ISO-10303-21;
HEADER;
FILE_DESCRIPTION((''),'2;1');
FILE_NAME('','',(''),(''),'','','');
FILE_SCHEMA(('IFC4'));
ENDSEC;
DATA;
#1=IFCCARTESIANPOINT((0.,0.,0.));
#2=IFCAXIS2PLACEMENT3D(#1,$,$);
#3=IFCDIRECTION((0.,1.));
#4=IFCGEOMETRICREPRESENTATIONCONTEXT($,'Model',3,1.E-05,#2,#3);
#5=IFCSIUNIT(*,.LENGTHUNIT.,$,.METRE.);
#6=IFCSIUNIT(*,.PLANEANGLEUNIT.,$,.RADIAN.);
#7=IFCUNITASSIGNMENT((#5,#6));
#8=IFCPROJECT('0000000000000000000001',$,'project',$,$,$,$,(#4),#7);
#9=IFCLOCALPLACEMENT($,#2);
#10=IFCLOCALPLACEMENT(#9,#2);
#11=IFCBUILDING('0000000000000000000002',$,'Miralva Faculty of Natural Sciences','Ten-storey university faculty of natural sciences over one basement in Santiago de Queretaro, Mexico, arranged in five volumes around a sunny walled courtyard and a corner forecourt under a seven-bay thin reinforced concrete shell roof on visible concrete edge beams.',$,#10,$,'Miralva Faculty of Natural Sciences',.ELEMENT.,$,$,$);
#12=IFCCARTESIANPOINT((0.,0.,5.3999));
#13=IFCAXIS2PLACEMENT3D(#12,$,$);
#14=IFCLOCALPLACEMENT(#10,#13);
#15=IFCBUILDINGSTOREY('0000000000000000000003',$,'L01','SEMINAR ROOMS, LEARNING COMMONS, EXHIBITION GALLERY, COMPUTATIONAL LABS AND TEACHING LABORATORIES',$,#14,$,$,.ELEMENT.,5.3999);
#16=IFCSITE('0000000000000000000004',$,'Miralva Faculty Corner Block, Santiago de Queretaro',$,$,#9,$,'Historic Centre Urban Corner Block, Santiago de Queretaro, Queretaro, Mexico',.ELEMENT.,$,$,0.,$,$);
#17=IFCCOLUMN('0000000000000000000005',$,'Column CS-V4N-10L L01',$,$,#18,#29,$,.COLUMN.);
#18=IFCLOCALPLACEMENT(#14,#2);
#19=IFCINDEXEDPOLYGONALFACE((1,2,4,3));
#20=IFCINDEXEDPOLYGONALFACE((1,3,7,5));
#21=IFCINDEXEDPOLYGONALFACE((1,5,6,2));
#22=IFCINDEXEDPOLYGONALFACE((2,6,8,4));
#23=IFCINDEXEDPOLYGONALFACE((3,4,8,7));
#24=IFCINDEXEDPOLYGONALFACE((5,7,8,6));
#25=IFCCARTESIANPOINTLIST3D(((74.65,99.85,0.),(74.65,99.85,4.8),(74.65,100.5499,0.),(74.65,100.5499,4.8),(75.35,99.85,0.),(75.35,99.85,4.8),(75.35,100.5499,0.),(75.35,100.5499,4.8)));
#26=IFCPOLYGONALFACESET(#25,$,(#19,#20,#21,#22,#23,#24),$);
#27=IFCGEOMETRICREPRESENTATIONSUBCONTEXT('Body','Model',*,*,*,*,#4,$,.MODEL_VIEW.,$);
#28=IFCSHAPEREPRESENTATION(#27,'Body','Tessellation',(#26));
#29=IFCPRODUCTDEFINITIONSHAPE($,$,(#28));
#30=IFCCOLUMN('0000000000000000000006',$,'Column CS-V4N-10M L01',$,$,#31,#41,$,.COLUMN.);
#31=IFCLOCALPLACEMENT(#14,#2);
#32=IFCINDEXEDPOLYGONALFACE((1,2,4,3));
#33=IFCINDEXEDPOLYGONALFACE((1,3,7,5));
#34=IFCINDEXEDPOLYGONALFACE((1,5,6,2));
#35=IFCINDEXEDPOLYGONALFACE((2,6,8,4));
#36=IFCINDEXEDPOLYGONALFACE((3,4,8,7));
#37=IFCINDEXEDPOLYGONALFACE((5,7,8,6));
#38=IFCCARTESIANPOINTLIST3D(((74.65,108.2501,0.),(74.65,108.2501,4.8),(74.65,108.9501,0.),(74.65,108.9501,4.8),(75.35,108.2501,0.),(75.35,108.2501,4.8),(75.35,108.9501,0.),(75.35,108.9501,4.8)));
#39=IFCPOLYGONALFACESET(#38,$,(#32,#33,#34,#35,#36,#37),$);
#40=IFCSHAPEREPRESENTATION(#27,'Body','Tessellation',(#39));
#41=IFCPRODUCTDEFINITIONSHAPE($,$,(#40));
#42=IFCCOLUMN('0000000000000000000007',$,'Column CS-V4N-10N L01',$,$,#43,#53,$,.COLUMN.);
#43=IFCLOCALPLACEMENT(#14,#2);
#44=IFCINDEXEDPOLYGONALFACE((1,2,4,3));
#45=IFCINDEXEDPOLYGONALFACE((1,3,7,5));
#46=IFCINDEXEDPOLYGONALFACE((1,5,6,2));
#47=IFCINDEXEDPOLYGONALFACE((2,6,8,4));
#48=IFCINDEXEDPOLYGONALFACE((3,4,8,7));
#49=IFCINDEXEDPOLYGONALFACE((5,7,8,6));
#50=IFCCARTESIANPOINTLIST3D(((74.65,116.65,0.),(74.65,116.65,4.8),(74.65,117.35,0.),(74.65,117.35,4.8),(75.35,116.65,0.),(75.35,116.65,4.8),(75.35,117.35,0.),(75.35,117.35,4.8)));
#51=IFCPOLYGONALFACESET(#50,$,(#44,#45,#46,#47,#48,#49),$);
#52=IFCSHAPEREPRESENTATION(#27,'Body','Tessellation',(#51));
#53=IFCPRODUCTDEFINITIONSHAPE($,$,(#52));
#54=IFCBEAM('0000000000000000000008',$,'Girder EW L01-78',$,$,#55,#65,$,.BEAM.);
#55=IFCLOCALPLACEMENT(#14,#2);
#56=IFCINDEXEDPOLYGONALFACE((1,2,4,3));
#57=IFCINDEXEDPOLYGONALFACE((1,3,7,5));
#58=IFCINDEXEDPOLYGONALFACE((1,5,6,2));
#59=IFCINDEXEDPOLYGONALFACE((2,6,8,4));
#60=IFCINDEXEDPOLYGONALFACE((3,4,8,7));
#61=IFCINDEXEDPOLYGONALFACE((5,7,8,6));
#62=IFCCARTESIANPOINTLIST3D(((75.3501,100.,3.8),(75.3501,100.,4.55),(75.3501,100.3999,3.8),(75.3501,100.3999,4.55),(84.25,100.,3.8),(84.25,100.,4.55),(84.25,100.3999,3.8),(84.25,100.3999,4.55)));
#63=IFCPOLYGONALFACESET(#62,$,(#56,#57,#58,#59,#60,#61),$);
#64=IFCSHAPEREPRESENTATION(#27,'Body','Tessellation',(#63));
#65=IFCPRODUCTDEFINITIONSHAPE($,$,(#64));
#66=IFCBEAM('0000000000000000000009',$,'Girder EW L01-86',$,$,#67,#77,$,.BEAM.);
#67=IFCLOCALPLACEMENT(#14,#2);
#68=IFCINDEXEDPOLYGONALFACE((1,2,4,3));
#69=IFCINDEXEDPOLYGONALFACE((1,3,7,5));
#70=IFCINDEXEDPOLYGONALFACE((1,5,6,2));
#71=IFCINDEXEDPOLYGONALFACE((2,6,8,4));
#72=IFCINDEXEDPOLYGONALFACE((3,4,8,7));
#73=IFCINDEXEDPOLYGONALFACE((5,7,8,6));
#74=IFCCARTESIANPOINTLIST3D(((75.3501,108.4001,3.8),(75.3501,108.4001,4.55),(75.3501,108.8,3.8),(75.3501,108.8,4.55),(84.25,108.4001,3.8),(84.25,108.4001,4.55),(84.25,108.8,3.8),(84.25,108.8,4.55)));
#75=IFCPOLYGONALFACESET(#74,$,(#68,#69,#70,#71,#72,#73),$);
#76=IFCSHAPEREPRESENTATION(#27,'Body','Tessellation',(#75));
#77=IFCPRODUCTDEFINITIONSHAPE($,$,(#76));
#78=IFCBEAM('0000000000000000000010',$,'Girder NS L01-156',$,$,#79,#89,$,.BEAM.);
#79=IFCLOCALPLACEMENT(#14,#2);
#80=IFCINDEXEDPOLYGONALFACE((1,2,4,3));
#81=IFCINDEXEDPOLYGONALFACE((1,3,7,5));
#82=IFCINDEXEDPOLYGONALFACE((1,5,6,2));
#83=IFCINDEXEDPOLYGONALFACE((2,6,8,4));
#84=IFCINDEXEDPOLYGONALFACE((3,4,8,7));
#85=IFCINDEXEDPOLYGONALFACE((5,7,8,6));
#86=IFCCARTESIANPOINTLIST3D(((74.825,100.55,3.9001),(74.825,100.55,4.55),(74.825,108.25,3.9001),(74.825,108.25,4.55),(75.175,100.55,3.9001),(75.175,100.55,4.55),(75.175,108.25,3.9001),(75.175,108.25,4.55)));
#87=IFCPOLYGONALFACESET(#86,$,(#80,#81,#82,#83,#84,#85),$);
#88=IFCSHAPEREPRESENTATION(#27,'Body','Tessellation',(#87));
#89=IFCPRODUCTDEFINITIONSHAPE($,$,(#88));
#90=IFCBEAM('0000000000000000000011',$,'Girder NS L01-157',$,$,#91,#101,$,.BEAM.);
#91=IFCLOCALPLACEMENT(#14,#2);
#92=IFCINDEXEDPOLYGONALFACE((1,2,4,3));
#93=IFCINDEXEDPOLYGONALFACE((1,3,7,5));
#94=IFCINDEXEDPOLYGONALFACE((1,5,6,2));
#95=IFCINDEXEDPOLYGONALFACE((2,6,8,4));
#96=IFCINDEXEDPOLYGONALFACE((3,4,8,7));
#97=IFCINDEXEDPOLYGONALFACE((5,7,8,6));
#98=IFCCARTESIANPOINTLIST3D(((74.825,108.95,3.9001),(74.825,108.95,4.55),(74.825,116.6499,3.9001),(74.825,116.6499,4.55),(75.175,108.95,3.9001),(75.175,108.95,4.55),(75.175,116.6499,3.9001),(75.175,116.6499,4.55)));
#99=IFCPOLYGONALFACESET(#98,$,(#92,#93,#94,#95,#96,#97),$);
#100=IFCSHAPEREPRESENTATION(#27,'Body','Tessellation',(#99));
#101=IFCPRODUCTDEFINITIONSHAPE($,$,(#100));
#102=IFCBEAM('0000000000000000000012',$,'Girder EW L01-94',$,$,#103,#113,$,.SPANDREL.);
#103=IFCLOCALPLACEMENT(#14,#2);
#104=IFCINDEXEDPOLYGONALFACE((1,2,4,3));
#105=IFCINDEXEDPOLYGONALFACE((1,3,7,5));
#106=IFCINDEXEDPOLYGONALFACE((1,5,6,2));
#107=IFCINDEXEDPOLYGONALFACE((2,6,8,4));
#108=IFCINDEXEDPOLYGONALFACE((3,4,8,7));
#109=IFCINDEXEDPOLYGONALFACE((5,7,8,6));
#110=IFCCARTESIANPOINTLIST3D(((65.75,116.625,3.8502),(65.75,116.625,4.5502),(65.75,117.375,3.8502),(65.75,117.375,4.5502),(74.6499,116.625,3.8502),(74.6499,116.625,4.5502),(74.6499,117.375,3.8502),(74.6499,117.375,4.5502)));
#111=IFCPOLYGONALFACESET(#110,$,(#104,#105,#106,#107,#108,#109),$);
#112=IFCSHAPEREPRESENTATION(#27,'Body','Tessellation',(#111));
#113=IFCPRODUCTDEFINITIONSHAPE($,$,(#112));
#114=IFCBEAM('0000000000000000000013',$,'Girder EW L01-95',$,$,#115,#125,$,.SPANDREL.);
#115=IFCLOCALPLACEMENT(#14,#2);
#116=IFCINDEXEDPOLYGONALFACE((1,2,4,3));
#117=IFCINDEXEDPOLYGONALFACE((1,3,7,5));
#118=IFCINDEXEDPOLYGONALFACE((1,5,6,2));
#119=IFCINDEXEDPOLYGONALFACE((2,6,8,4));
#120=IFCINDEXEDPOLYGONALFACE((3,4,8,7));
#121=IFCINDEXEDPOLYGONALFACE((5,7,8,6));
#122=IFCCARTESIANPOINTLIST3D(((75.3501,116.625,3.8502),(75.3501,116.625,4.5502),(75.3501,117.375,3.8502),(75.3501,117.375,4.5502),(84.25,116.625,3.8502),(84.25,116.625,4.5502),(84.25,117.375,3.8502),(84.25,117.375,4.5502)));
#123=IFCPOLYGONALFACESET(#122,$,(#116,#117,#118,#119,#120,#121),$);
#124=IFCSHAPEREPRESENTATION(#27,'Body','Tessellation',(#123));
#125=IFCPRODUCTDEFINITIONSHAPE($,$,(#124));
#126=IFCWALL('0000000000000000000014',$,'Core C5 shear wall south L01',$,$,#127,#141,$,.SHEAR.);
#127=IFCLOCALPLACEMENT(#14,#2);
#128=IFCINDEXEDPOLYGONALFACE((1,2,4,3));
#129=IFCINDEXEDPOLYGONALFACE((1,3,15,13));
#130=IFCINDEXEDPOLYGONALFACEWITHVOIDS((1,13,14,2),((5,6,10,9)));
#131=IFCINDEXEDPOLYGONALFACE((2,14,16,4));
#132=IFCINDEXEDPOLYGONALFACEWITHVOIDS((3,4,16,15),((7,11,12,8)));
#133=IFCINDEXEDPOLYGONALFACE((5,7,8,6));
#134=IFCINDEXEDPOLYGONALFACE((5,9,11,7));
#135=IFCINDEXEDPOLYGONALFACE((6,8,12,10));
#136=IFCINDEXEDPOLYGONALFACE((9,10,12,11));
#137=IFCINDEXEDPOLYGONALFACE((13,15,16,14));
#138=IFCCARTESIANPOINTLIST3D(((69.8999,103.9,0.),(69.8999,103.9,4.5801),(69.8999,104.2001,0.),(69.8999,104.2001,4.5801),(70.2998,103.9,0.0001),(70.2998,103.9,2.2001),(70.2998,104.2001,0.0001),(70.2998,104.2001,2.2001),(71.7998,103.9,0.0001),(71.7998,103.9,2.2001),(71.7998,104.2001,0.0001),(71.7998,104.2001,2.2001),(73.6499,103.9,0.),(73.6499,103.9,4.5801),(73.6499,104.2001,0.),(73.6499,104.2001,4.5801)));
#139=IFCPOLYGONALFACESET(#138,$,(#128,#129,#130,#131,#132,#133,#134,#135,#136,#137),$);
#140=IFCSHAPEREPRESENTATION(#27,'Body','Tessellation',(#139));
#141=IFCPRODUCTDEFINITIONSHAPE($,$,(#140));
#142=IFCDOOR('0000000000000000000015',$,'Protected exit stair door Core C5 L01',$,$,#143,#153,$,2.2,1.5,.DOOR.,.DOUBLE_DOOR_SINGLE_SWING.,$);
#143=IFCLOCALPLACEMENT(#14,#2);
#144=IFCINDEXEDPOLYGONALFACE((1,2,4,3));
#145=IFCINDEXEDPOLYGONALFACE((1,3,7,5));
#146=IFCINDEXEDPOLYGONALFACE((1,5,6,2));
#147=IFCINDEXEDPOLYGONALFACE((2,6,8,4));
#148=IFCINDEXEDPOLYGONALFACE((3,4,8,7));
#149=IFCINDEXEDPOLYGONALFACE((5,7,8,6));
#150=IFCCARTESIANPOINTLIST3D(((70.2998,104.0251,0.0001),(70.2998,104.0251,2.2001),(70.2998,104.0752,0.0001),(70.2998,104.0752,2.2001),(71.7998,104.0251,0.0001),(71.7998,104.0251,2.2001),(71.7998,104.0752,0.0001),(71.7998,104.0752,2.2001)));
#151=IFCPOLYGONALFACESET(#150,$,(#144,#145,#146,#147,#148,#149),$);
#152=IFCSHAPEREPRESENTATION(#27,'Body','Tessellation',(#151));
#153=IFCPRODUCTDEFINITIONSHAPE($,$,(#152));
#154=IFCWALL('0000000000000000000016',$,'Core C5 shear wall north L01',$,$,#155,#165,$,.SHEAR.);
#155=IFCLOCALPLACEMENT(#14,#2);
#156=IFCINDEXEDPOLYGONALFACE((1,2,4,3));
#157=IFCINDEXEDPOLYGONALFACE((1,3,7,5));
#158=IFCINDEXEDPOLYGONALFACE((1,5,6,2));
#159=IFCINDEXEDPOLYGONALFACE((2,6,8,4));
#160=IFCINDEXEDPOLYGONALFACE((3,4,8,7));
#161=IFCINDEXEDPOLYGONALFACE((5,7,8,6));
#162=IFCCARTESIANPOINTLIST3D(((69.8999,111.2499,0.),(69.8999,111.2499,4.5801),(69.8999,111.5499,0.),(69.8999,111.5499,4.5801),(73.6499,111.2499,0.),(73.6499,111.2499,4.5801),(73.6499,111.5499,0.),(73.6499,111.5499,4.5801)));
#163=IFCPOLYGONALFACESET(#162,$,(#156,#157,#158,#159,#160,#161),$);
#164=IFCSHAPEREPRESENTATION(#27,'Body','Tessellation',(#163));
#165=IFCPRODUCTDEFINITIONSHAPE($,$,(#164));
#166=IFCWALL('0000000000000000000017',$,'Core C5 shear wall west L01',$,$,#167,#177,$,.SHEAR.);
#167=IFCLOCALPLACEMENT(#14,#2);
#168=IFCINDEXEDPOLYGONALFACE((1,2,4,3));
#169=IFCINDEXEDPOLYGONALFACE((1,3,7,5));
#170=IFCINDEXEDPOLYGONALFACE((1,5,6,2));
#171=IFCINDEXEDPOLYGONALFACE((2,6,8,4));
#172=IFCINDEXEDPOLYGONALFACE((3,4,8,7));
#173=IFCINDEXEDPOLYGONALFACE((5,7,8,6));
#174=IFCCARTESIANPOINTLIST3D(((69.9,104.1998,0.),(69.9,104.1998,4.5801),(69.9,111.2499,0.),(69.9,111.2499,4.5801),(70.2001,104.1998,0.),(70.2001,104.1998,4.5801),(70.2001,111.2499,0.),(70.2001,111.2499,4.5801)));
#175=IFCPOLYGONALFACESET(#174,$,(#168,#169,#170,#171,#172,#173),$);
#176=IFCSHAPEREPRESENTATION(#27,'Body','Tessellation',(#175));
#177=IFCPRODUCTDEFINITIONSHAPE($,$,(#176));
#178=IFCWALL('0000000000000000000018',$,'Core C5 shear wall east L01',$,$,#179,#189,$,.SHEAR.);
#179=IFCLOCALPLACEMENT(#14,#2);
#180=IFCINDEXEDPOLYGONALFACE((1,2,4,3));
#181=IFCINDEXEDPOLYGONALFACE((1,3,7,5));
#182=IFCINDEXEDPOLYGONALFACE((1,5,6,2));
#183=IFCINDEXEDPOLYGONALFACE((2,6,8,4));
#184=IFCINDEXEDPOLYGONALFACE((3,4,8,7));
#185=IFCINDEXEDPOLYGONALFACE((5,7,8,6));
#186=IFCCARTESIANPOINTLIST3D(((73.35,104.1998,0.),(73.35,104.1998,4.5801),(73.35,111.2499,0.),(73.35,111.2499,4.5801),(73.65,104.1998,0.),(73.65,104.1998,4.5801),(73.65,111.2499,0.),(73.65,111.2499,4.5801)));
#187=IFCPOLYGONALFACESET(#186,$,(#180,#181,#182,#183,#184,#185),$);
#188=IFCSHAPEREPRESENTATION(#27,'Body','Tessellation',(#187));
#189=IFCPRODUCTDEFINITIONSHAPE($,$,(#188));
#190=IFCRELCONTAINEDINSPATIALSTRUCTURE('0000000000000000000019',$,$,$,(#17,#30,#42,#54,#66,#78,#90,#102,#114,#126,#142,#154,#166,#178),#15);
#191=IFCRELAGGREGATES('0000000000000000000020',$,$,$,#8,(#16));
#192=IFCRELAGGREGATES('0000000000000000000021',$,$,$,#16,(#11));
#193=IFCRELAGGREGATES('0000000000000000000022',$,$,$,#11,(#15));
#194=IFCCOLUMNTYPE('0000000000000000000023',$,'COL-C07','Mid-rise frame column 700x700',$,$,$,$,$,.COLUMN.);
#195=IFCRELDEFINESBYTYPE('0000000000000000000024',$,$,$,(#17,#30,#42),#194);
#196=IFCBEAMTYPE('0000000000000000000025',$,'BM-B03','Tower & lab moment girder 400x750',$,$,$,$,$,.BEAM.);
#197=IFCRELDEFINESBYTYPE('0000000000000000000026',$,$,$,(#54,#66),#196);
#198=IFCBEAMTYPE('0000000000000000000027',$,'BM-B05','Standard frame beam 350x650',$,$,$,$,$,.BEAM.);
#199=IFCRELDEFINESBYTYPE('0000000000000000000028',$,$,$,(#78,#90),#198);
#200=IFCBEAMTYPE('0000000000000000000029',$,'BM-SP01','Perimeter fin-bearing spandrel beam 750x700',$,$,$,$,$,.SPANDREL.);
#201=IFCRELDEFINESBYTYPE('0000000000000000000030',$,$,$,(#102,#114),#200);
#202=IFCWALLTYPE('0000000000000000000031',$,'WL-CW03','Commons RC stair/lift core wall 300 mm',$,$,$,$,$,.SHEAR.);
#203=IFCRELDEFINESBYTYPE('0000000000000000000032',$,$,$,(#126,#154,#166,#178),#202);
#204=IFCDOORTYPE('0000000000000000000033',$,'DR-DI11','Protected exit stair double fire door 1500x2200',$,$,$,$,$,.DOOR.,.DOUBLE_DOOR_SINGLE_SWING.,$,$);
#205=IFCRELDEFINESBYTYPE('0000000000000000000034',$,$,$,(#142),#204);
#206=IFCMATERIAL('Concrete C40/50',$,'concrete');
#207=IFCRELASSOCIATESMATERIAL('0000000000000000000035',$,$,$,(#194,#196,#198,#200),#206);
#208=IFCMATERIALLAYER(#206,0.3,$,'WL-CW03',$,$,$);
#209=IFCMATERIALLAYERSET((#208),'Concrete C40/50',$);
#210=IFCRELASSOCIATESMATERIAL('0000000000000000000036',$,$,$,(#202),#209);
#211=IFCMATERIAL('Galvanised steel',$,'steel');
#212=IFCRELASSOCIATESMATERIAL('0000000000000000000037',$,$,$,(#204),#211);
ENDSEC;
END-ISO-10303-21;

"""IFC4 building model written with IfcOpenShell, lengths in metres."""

from ifc_helpers import new_model, si_unit, direction, frame, frame_2d, origin, origin_2d, place, context, subcontext, project, spatial, rectangle, extrude, material, layer, layer_set, material_profile, profile_set, type_object, element, fill, save


model = new_model("IFC4")

# Units and contexts
model_context = context("Model", 3, precision=1e-05, world=origin(), true_north=direction((0.0, 1.0)))
body_context = subcontext(model_context, "Body", "Model", "MODEL_VIEW")
ifc_project = project(units=[si_unit("LENGTHUNIT", "METRE"), si_unit("PLANEANGLEUNIT", "RADIAN")], contexts=[model_context])

# Site, building, storey
site_placement = place(None, origin())
site = spatial("IfcSite", under=ifc_project, at=site_placement, Name="Miralva Faculty Corner Block, Santiago de Queretaro", LongName="Historic Centre Urban Corner Block, Santiago de Queretaro, Queretaro, Mexico", CompositionType="ELEMENT", RefElevation=0.0)
building_placement = place(site_placement, origin())
building = spatial("IfcBuilding", under=site, at=building_placement, Name="Miralva Faculty of Natural Sciences", Description="Ten-storey university faculty of natural sciences over one basement in Santiago de Queretaro, Mexico, arranged in five volumes around a sunny walled courtyard and a corner forecourt under a seven-bay thin reinforced concrete shell roof on visible concrete edge beams.", LongName="Miralva Faculty of Natural Sciences", CompositionType="ELEMENT")
storey_placement = place(building_placement, frame((0.0, 0.0, 5.3999)))
storey = spatial("IfcBuildingStorey", under=building, at=storey_placement, Name="L01", Description="SEMINAR ROOMS, LEARNING COMMONS, EXHIBITION GALLERY, COMPUTATIONAL LABS AND TEACHING LABORATORIES", CompositionType="ELEMENT", Elevation=5.3999)

# Columns
ifc_material_1 = material(Name="Concrete C40/50", Category="concrete")
ifc_material_profile_1 = material_profile(ifc_material_1, rectangle(XDim=0.7, YDim=0.7, at=origin_2d()), Name="RC 700x700")
ifc_profile_set_1 = profile_set([ifc_material_profile_1], Name="Concrete C40/50")
column_type = type_object("IfcColumnType", Name="COL-C07", Description="Mid-rise frame column 700x700", PredefinedType="COLUMN", material=ifc_profile_set_1)
for number, where, z_axis, x_axis, name in (
    (1, (75.0, 100.2, 0.0), (0.0, 0.0, 1.0), (1.0, 0.0, 0.0), "Column CS-V4N-10L L01"),
    (2, (75.0, 108.6001, 0.0), (0.0, 0.0, 1.0), (1.0, 0.0, 0.0), "Column CS-V4N-10M L01"),
    (3, (75.0, 117.0, 0.0), (0.0, 0.0, 1.0), (1.0, 0.0, 0.0), "Column CS-V4N-10N L01"),
):
    element("IfcColumn", number, at=place(storey_placement, frame(where, z_axis=z_axis, x_axis=x_axis)), inside=storey, type_object=column_type, Name=name, PredefinedType="COLUMN", context=body_context, shape_type="SweptSolid", body=[
        extrude(rectangle(XDim=0.7, YDim=0.7, at=origin_2d()), origin(), (0.0, 0.0, 1.0), 4.8),
    ])

# Beams
ifc_material_profile_2 = material_profile(ifc_material_1, rectangle(XDim=0.3999, YDim=0.75, at=origin_2d()), Name="RC 400x750")
ifc_profile_set_2 = profile_set([ifc_material_profile_2], Name="Concrete C40/50")
beam_type_1 = type_object("IfcBeamType", Name="BM-B03", Description="Tower & lab moment girder 400x750", PredefinedType="BEAM", material=ifc_profile_set_2)
for number, where, z_axis, x_axis, name in (
    (4, (75.3501, 100.2, 4.175), (1.0, 0.0, 0.0), (0.0, 1.0, 0.0), "Girder EW L01-78"),
    (5, (75.3501, 108.6001, 4.175), (1.0, 0.0, 0.0), (0.0, 1.0, 0.0), "Girder EW L01-86"),
):
    element("IfcBeam", number, at=place(storey_placement, frame(where, z_axis=z_axis, x_axis=x_axis)), inside=storey, type_object=beam_type_1, Name=name, PredefinedType="BEAM", context=body_context, shape_type="SweptSolid", body=[
        extrude(rectangle(XDim=0.3999, YDim=0.75, at=origin_2d()), origin(), (0.0, 0.0, 1.0), 8.8999),
    ])
ifc_material_profile_3 = material_profile(ifc_material_1, rectangle(XDim=0.3501, YDim=0.6499, at=origin_2d()), Name="RC 350x650")
ifc_profile_set_3 = profile_set([ifc_material_profile_3], Name="Concrete C40/50")
beam_type_2 = type_object("IfcBeamType", Name="BM-B05", Description="Standard frame beam 350x650", PredefinedType="BEAM", material=ifc_profile_set_3)
for number, where, z_axis, x_axis, name in (
    (6, (75.0, 100.55, 4.2251), (0.0, 1.0, 0.0), (-1.0, 0.0, 0.0), "Girder NS L01-156"),
    (7, (75.0, 108.95, 4.2251), (0.0, 1.0, 0.0), (-1.0, 0.0, 0.0), "Girder NS L01-157"),
):
    element("IfcBeam", number, at=place(storey_placement, frame(where, z_axis=z_axis, x_axis=x_axis)), inside=storey, type_object=beam_type_2, Name=name, PredefinedType="BEAM", context=body_context, shape_type="SweptSolid", body=[
        extrude(rectangle(XDim=0.3501, YDim=0.6499, at=origin_2d()), origin(), (0.0, 0.0, 1.0), 7.7),
    ])
ifc_material_profile_4 = material_profile(ifc_material_1, rectangle(XDim=0.75, YDim=0.7, at=origin_2d()), Name="RC 750x700")
ifc_profile_set_4 = profile_set([ifc_material_profile_4], Name="Concrete C40/50")
beam_type_3 = type_object("IfcBeamType", Name="BM-SP01", Description="Perimeter fin-bearing spandrel beam 750x700", PredefinedType="SPANDREL", material=ifc_profile_set_4)
for number, where, z_axis, x_axis, name in (
    (8, (65.75, 117.0, 4.2002), (1.0, 0.0, 0.0), (0.0, 1.0, 0.0), "Girder EW L01-94"),
    (9, (75.3501, 117.0, 4.2002), (1.0, 0.0, 0.0), (0.0, 1.0, 0.0), "Girder EW L01-95"),
):
    element("IfcBeam", number, at=place(storey_placement, frame(where, z_axis=z_axis, x_axis=x_axis)), inside=storey, type_object=beam_type_3, Name=name, PredefinedType="SPANDREL", context=body_context, shape_type="SweptSolid", body=[
        extrude(rectangle(XDim=0.75, YDim=0.7, at=origin_2d()), origin(), (0.0, 0.0, 1.0), 8.8999),
    ])

# Wall, opening, door
ifc_layer_1 = layer(ifc_material_1, 0.3, Name="WL-CW03")
ifc_layer_set_1 = layer_set([ifc_layer_1], Name="Concrete C40/50")
wall_type_1 = type_object("IfcWallType", Name="WL-CW03", Description="Commons RC stair/lift core wall 300 mm", PredefinedType="SHEAR", material=ifc_layer_set_1)
wall_1_placement = place(storey_placement, frame((69.8999, 104.05, 0.0), z_axis=(0.0, 0.0, 1.0), x_axis=(1.0, 0.0, 0.0)))
wall_1 = element("IfcWall", 10, at=wall_1_placement, inside=storey, type_object=wall_type_1, Name="Core C5 shear wall south L01", PredefinedType="SHEAR", context=body_context, shape_type="SweptSolid", body=[
    extrude(rectangle(XDim=3.75, YDim=0.3, at=frame_2d((1.875, 0.0))), origin(), (0.0, 0.0, 1.0), 4.5801),
])
opening_1_placement = place(wall_1_placement, frame((0.3999, 0.0, 0.0)))
opening_1 = element("IfcOpeningElement", 11, at=opening_1_placement, cuts=wall_1, PredefinedType="OPENING", context=body_context, shape_type="SweptSolid", body=[
    extrude(rectangle(XDim=1.5, YDim=2.2, at=frame_2d((0.75, 1.1001))), frame((0.0, 0.1599, 0.0), z_axis=(0.0, -1.0, 0.0), x_axis=(1.0, 0.0, 0.0)), (0.0, 0.0, 1.0), 0.3201),
])
ifc_material_2 = material(Name="Galvanised steel", Category="steel")
door_type_1 = type_object("IfcDoorType", Name="DR-DI11", Description="Protected exit stair double fire door 1500x2200", OperationType="DOUBLE_DOOR_SINGLE_SWING", PredefinedType="DOOR", material=ifc_material_2)
door_1_placement = place(opening_1_placement, frame((1.5, 0.0, 0.0), z_axis=(0.0, 0.0, 1.0), x_axis=(-1.0, 0.0, 0.0)))
door_1 = element("IfcDoor", 12, at=door_1_placement, inside=storey, type_object=door_type_1, Name="Protected exit stair door Core C5 L01", OperationType="DOUBLE_DOOR_SINGLE_SWING", OverallHeight=2.2, OverallWidth=1.5, PredefinedType="DOOR", context=body_context, shape_type="SweptSolid", body=[
    extrude(rectangle(XDim=1.5, YDim=2.2, at=frame_2d((0.75, 1.1001))), frame((0.0, 0.0249, 0.0), z_axis=(0.0, -1.0, 0.0), x_axis=(1.0, 0.0, 0.0)), (0.0, 0.0, 1.0), 0.05),
])
fill(opening_1, door_1)

# Walls
wall_2_placement = place(storey_placement, frame((69.8999, 111.3999, 0.0), z_axis=(0.0, 0.0, 1.0), x_axis=(1.0, 0.0, 0.0)))
element("IfcWall", 13, at=wall_2_placement, inside=storey, type_object=wall_type_1, Name="Core C5 shear wall north L01", PredefinedType="SHEAR", context=body_context, shape_type="SweptSolid", body=[
    extrude(rectangle(XDim=3.75, YDim=0.3, at=frame_2d((1.875, 0.0))), origin(), (0.0, 0.0, 1.0), 4.5801),
])
for number, where, z_axis, x_axis, name in (
    (14, (70.05, 104.2, 0.0), (0.0, 0.0, 1.0), (0.0, 1.0, 0.0), "Core C5 shear wall west L01"),
    (15, (73.5, 104.2, 0.0), (0.0, 0.0, 1.0), (0.0, 1.0, 0.0), "Core C5 shear wall east L01"),
):
    element("IfcWall", number, at=place(storey_placement, frame(where, z_axis=z_axis, x_axis=x_axis)), inside=storey, type_object=wall_type_1, Name=name, PredefinedType="SHEAR", context=body_context, shape_type="SweptSolid", body=[
        extrude(rectangle(XDim=7.05, YDim=0.3, at=frame_2d((3.5249, 0.0))), origin(), (0.0, 0.0, 1.0), 4.5801),
    ])

save(model, "model.ifc")
